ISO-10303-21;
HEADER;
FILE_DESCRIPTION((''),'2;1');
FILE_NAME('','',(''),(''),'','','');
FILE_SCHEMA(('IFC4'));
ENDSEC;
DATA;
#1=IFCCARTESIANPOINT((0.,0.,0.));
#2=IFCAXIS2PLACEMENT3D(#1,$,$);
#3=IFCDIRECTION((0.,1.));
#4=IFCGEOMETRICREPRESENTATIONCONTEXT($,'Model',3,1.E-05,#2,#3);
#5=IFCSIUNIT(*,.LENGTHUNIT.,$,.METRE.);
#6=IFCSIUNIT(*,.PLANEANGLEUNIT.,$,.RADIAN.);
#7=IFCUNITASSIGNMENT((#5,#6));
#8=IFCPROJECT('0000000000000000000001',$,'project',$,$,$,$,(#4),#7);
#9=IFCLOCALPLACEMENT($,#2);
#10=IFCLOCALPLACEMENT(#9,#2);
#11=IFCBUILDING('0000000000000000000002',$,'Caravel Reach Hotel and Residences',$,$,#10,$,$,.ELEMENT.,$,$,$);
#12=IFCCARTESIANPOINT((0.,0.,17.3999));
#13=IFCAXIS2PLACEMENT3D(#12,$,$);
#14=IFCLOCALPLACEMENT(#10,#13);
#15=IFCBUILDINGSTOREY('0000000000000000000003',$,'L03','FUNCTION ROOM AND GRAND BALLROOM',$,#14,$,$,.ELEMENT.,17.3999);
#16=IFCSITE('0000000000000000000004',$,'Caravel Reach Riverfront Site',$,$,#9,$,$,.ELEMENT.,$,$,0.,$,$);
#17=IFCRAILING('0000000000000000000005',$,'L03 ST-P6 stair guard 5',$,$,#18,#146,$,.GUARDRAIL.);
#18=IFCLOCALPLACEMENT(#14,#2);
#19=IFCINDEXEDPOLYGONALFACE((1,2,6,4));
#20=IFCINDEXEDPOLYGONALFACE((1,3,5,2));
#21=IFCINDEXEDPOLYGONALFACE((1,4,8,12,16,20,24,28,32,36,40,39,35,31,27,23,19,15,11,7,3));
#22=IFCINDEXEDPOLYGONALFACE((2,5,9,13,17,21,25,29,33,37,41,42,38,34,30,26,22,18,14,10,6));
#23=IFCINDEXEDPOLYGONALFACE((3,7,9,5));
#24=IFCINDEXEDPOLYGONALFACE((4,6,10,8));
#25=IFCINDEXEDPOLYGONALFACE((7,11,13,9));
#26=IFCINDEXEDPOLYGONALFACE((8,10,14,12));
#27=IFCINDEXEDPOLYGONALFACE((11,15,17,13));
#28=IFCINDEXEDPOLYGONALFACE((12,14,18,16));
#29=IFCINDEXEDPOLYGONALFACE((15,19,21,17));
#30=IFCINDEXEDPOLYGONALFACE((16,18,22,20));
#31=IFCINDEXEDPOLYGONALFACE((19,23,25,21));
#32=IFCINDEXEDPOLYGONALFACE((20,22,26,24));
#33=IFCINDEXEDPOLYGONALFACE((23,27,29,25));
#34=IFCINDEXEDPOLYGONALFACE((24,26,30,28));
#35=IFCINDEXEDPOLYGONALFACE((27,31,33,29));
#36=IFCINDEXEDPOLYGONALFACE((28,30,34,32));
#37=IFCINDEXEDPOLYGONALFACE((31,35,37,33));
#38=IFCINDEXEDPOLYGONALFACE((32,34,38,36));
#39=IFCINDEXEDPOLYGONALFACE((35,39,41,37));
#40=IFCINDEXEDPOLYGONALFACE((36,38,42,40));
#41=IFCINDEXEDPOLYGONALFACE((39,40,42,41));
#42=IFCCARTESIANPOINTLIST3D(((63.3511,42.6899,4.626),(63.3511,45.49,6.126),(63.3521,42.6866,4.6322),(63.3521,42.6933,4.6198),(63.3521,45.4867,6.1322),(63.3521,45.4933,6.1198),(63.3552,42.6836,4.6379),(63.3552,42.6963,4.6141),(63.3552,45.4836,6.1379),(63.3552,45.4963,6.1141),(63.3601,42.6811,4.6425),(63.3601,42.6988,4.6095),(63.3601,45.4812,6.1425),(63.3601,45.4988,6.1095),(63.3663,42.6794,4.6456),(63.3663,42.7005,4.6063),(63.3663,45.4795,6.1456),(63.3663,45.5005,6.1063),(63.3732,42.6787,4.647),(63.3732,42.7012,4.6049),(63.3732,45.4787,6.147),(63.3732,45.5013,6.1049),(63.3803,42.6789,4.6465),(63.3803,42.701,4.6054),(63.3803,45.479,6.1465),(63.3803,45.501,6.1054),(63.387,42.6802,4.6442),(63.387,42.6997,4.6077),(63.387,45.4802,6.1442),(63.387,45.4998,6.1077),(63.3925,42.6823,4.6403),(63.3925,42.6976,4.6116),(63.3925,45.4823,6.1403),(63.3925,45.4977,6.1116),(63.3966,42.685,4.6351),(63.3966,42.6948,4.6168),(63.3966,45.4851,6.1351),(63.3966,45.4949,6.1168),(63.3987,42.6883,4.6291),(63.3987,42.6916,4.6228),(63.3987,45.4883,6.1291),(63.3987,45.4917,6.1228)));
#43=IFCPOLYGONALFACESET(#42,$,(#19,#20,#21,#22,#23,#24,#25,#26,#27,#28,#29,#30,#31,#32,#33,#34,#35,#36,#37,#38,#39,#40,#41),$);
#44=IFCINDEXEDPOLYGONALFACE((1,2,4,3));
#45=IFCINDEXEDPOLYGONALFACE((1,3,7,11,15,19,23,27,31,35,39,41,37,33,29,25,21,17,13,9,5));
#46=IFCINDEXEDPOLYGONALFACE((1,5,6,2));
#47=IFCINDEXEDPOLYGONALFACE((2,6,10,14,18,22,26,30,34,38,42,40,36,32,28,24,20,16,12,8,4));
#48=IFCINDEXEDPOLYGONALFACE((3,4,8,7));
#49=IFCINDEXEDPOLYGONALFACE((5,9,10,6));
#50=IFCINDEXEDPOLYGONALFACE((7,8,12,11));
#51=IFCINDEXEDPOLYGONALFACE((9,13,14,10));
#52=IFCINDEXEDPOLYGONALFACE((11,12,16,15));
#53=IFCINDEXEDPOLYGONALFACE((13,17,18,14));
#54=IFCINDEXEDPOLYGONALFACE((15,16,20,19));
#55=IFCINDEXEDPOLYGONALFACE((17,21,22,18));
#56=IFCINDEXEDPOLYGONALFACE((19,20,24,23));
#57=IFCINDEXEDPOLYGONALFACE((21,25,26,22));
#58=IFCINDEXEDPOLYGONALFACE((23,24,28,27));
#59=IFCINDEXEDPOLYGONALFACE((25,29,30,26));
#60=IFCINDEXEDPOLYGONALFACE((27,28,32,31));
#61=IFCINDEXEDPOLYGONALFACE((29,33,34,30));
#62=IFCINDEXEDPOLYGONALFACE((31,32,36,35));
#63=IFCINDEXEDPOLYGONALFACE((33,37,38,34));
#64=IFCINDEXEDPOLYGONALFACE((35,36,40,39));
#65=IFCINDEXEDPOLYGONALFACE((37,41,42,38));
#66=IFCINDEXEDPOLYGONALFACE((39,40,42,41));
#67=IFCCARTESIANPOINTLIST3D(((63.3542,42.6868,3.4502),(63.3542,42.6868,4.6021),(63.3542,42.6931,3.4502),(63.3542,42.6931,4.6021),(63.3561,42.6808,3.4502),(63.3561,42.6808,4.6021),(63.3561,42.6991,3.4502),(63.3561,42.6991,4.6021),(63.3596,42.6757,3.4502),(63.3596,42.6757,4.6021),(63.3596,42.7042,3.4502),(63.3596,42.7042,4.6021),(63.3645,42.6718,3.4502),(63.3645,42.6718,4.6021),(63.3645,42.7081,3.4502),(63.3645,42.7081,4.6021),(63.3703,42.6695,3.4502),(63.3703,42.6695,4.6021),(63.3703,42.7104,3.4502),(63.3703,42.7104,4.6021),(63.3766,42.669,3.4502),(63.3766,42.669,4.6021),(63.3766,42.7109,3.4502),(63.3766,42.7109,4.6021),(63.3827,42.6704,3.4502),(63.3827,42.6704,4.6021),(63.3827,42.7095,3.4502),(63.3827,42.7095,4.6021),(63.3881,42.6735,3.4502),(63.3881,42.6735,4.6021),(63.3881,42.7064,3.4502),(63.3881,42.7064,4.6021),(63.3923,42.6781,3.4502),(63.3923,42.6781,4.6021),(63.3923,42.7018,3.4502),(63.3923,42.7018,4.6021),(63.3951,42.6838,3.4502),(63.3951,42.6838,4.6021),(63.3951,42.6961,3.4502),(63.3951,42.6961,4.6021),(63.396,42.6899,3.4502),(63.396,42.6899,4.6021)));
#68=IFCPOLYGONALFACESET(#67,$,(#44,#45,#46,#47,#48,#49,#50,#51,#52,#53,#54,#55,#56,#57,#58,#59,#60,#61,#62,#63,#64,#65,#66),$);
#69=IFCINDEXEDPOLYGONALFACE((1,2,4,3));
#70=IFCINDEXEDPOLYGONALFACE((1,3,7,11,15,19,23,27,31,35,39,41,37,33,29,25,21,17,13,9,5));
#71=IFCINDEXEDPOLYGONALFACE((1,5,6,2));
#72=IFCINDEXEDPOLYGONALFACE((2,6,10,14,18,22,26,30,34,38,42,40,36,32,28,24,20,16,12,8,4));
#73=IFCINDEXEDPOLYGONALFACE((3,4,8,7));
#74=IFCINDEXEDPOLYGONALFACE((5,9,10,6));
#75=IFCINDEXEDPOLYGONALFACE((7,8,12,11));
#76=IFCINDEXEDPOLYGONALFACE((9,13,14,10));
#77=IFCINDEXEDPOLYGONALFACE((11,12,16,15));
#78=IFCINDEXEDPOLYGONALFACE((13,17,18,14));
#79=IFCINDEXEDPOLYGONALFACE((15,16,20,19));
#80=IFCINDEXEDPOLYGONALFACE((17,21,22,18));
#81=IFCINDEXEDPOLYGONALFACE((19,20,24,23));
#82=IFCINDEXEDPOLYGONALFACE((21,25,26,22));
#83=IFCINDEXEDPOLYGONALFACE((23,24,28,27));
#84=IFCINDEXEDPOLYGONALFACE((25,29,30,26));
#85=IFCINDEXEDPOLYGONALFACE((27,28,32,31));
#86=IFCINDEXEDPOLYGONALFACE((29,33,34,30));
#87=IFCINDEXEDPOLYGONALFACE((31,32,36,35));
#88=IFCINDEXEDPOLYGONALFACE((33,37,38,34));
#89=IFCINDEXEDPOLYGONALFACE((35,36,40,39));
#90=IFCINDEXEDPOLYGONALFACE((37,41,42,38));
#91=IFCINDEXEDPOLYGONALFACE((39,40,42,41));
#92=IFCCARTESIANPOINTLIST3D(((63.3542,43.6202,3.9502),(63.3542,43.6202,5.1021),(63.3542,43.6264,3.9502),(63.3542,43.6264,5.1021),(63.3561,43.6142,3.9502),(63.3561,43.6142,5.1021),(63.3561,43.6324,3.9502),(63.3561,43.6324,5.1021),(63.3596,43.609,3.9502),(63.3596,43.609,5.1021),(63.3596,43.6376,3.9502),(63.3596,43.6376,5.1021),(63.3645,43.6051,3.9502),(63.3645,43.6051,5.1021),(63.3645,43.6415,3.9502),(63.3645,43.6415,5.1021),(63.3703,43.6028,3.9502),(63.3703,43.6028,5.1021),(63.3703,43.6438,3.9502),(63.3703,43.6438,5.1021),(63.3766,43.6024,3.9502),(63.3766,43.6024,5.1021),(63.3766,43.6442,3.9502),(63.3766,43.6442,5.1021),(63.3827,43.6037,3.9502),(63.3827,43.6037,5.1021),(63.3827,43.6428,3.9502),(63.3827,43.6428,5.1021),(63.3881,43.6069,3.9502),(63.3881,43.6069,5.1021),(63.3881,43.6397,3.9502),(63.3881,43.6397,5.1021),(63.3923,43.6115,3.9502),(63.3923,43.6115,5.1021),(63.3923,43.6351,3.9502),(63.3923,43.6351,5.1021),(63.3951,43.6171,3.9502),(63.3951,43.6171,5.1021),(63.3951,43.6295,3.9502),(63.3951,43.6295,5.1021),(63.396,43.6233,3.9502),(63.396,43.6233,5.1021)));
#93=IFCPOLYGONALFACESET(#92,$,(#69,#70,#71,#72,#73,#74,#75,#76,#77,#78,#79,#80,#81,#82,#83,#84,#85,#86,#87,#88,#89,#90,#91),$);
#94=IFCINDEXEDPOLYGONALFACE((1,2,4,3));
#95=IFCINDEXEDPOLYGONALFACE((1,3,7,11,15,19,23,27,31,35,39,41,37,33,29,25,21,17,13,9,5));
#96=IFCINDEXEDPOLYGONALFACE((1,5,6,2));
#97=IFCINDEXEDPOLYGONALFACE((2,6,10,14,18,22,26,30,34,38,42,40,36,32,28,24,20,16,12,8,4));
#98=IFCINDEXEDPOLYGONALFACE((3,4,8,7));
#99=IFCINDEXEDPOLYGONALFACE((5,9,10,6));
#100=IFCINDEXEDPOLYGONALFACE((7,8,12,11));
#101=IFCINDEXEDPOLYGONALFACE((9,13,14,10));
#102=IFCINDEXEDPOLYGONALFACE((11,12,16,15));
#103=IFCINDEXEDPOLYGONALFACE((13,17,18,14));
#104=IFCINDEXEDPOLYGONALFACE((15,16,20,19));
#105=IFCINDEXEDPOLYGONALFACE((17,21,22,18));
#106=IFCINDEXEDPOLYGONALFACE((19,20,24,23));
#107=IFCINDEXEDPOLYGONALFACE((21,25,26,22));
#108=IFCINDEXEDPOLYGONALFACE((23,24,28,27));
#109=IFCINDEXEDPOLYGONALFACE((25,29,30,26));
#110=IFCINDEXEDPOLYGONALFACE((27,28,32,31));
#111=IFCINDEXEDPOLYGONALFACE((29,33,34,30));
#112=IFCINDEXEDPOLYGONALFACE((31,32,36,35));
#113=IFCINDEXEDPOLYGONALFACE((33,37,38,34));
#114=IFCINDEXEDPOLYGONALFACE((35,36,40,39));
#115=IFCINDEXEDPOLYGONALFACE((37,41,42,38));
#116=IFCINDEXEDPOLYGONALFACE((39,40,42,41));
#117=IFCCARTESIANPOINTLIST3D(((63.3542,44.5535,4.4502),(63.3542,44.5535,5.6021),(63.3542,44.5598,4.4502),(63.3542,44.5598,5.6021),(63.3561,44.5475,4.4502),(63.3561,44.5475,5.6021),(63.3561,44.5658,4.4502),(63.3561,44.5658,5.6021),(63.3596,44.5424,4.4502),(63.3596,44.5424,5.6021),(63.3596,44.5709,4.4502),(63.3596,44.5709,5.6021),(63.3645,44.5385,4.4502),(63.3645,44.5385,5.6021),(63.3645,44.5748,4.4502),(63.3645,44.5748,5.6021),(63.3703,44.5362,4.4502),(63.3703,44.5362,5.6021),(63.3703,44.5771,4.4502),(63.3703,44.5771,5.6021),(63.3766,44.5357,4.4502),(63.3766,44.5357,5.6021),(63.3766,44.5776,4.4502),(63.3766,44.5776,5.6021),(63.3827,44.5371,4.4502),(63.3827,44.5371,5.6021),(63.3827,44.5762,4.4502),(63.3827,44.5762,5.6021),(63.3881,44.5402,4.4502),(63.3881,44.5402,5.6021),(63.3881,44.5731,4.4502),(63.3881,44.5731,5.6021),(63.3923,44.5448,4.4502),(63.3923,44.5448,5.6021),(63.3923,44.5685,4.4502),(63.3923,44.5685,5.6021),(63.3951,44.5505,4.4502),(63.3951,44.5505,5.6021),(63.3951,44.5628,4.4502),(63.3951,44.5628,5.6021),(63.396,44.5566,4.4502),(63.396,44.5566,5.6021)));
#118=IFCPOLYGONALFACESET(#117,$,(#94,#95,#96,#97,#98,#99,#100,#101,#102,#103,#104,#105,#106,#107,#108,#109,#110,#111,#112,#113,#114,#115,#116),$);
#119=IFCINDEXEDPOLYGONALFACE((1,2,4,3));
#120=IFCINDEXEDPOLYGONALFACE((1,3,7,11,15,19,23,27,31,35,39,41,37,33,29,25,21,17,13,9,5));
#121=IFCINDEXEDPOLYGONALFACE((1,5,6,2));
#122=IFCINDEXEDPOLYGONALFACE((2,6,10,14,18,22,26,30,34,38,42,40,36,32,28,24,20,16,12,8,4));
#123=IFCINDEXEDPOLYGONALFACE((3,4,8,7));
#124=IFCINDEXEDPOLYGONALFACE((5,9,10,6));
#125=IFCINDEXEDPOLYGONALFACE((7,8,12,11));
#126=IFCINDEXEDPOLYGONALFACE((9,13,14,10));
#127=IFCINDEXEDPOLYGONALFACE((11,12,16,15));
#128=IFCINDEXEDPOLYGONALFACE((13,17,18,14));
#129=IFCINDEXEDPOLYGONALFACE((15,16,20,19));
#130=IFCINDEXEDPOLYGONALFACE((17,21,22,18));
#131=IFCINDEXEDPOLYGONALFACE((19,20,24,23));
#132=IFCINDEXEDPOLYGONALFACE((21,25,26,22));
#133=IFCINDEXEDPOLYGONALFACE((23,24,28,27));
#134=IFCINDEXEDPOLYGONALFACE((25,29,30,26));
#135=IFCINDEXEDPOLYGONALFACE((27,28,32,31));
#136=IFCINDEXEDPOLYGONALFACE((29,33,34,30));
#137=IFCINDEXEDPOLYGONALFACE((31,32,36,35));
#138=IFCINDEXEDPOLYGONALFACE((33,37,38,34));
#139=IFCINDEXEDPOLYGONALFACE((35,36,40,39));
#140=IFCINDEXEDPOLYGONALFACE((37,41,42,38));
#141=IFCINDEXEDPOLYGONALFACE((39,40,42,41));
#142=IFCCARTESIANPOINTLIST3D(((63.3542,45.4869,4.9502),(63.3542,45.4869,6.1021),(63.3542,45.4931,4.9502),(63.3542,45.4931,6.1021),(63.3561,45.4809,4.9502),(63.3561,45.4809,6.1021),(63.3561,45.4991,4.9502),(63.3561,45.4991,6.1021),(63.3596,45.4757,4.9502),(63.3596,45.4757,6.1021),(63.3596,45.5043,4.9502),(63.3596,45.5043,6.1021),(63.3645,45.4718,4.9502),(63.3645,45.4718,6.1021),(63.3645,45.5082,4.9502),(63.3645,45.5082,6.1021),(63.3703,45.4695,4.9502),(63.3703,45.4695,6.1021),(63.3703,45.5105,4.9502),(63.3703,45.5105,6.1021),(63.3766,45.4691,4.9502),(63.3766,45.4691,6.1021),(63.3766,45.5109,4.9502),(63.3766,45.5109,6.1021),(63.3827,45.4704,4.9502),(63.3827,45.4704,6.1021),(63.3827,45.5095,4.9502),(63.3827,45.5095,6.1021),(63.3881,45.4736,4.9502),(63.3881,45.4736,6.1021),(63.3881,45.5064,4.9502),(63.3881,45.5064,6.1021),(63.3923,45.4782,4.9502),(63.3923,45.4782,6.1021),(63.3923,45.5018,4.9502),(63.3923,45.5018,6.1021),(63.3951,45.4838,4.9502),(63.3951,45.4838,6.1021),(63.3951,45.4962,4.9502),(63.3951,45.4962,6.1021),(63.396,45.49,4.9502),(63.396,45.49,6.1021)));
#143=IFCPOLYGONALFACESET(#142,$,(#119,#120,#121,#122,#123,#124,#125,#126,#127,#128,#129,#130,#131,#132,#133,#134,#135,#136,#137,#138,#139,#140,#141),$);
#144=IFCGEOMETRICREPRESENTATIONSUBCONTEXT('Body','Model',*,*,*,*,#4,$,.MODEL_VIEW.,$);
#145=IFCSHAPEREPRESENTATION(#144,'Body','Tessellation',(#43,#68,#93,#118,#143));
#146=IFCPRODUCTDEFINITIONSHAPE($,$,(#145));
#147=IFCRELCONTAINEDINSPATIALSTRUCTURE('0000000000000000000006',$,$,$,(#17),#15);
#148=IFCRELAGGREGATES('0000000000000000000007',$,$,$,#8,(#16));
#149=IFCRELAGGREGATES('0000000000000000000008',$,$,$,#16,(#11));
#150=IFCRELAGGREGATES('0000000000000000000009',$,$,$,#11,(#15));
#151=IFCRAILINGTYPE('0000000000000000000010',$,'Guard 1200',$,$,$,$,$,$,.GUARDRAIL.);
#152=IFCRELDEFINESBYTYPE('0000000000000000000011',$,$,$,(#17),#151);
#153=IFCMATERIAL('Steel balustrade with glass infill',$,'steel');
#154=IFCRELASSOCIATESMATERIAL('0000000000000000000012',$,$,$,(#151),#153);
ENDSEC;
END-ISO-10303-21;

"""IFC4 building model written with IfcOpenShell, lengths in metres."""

from ifc_helpers import new_model, si_unit, direction, frame, origin, origin_2d, place, context, subcontext, project, spatial, circle, extrude, material, type_object, element, save


model = new_model("IFC4")

# Units and contexts
model_context = context("Model", 3, precision=1e-05, world=origin(), true_north=direction((0.0, 1.0)))
body_context = subcontext(model_context, "Body", "Model", "MODEL_VIEW")
ifc_project = project(units=[si_unit("LENGTHUNIT", "METRE"), si_unit("PLANEANGLEUNIT", "RADIAN")], contexts=[model_context])

# Site, building, storey
site_placement = place(None, origin())
site = spatial("IfcSite", under=ifc_project, at=site_placement, Name="Caravel Reach Riverfront Site", CompositionType="ELEMENT", RefElevation=0.0)
building_placement = place(site_placement, origin())
building = spatial("IfcBuilding", under=site, at=building_placement, Name="Caravel Reach Hotel and Residences", CompositionType="ELEMENT")
storey_placement = place(building_placement, frame((0.0, 0.0, 17.3999)))
storey = spatial("IfcBuildingStorey", under=building, at=storey_placement, Name="L03", Description="FUNCTION ROOM AND GRAND BALLROOM", CompositionType="ELEMENT", Elevation=17.3999)

# Railing
ifc_material_1 = material(Name="Steel balustrade with glass infill", Category="steel")
railing_type_1 = type_object("IfcRailingType", Name="Guard 1200", PredefinedType="GUARDRAIL", material=ifc_material_1)
railing_1_placement = place(storey_placement, frame((63.375, 42.6899, 3.4502)))
element("IfcRailing", 1, at=railing_1_placement, inside=storey, type_object=railing_type_1, Name="L03 ST-P6 stair guard 5", PredefinedType="GUARDRAIL", context=body_context, shape_type="SweptSolid", body=[
    extrude(circle(Radius=0.0239, at=origin_2d()), frame((0.0, 0.0, 1.1758), z_axis=(0.0, 0.881483, 0.472215), x_axis=(-1.0, 0.0, 0.0)), (0.0, 0.0, 1.0), 3.1765),
    extrude(circle(Radius=0.021, at=origin_2d()), origin(), (0.0, 0.0, 1.0), 1.1519),
    extrude(circle(Radius=0.021, at=origin_2d()), frame((0.0, 0.9333, 0.5)), (0.0, 0.0, 1.0), 1.1519),
    extrude(circle(Radius=0.021, at=origin_2d()), frame((0.0, 1.8667, 1.0)), (0.0, 0.0, 1.0), 1.1519),
    extrude(circle(Radius=0.021, at=origin_2d()), frame((0.0, 2.8, 1.5)), (0.0, 0.0, 1.0), 1.1519),
])

save(model, "model.ifc")
